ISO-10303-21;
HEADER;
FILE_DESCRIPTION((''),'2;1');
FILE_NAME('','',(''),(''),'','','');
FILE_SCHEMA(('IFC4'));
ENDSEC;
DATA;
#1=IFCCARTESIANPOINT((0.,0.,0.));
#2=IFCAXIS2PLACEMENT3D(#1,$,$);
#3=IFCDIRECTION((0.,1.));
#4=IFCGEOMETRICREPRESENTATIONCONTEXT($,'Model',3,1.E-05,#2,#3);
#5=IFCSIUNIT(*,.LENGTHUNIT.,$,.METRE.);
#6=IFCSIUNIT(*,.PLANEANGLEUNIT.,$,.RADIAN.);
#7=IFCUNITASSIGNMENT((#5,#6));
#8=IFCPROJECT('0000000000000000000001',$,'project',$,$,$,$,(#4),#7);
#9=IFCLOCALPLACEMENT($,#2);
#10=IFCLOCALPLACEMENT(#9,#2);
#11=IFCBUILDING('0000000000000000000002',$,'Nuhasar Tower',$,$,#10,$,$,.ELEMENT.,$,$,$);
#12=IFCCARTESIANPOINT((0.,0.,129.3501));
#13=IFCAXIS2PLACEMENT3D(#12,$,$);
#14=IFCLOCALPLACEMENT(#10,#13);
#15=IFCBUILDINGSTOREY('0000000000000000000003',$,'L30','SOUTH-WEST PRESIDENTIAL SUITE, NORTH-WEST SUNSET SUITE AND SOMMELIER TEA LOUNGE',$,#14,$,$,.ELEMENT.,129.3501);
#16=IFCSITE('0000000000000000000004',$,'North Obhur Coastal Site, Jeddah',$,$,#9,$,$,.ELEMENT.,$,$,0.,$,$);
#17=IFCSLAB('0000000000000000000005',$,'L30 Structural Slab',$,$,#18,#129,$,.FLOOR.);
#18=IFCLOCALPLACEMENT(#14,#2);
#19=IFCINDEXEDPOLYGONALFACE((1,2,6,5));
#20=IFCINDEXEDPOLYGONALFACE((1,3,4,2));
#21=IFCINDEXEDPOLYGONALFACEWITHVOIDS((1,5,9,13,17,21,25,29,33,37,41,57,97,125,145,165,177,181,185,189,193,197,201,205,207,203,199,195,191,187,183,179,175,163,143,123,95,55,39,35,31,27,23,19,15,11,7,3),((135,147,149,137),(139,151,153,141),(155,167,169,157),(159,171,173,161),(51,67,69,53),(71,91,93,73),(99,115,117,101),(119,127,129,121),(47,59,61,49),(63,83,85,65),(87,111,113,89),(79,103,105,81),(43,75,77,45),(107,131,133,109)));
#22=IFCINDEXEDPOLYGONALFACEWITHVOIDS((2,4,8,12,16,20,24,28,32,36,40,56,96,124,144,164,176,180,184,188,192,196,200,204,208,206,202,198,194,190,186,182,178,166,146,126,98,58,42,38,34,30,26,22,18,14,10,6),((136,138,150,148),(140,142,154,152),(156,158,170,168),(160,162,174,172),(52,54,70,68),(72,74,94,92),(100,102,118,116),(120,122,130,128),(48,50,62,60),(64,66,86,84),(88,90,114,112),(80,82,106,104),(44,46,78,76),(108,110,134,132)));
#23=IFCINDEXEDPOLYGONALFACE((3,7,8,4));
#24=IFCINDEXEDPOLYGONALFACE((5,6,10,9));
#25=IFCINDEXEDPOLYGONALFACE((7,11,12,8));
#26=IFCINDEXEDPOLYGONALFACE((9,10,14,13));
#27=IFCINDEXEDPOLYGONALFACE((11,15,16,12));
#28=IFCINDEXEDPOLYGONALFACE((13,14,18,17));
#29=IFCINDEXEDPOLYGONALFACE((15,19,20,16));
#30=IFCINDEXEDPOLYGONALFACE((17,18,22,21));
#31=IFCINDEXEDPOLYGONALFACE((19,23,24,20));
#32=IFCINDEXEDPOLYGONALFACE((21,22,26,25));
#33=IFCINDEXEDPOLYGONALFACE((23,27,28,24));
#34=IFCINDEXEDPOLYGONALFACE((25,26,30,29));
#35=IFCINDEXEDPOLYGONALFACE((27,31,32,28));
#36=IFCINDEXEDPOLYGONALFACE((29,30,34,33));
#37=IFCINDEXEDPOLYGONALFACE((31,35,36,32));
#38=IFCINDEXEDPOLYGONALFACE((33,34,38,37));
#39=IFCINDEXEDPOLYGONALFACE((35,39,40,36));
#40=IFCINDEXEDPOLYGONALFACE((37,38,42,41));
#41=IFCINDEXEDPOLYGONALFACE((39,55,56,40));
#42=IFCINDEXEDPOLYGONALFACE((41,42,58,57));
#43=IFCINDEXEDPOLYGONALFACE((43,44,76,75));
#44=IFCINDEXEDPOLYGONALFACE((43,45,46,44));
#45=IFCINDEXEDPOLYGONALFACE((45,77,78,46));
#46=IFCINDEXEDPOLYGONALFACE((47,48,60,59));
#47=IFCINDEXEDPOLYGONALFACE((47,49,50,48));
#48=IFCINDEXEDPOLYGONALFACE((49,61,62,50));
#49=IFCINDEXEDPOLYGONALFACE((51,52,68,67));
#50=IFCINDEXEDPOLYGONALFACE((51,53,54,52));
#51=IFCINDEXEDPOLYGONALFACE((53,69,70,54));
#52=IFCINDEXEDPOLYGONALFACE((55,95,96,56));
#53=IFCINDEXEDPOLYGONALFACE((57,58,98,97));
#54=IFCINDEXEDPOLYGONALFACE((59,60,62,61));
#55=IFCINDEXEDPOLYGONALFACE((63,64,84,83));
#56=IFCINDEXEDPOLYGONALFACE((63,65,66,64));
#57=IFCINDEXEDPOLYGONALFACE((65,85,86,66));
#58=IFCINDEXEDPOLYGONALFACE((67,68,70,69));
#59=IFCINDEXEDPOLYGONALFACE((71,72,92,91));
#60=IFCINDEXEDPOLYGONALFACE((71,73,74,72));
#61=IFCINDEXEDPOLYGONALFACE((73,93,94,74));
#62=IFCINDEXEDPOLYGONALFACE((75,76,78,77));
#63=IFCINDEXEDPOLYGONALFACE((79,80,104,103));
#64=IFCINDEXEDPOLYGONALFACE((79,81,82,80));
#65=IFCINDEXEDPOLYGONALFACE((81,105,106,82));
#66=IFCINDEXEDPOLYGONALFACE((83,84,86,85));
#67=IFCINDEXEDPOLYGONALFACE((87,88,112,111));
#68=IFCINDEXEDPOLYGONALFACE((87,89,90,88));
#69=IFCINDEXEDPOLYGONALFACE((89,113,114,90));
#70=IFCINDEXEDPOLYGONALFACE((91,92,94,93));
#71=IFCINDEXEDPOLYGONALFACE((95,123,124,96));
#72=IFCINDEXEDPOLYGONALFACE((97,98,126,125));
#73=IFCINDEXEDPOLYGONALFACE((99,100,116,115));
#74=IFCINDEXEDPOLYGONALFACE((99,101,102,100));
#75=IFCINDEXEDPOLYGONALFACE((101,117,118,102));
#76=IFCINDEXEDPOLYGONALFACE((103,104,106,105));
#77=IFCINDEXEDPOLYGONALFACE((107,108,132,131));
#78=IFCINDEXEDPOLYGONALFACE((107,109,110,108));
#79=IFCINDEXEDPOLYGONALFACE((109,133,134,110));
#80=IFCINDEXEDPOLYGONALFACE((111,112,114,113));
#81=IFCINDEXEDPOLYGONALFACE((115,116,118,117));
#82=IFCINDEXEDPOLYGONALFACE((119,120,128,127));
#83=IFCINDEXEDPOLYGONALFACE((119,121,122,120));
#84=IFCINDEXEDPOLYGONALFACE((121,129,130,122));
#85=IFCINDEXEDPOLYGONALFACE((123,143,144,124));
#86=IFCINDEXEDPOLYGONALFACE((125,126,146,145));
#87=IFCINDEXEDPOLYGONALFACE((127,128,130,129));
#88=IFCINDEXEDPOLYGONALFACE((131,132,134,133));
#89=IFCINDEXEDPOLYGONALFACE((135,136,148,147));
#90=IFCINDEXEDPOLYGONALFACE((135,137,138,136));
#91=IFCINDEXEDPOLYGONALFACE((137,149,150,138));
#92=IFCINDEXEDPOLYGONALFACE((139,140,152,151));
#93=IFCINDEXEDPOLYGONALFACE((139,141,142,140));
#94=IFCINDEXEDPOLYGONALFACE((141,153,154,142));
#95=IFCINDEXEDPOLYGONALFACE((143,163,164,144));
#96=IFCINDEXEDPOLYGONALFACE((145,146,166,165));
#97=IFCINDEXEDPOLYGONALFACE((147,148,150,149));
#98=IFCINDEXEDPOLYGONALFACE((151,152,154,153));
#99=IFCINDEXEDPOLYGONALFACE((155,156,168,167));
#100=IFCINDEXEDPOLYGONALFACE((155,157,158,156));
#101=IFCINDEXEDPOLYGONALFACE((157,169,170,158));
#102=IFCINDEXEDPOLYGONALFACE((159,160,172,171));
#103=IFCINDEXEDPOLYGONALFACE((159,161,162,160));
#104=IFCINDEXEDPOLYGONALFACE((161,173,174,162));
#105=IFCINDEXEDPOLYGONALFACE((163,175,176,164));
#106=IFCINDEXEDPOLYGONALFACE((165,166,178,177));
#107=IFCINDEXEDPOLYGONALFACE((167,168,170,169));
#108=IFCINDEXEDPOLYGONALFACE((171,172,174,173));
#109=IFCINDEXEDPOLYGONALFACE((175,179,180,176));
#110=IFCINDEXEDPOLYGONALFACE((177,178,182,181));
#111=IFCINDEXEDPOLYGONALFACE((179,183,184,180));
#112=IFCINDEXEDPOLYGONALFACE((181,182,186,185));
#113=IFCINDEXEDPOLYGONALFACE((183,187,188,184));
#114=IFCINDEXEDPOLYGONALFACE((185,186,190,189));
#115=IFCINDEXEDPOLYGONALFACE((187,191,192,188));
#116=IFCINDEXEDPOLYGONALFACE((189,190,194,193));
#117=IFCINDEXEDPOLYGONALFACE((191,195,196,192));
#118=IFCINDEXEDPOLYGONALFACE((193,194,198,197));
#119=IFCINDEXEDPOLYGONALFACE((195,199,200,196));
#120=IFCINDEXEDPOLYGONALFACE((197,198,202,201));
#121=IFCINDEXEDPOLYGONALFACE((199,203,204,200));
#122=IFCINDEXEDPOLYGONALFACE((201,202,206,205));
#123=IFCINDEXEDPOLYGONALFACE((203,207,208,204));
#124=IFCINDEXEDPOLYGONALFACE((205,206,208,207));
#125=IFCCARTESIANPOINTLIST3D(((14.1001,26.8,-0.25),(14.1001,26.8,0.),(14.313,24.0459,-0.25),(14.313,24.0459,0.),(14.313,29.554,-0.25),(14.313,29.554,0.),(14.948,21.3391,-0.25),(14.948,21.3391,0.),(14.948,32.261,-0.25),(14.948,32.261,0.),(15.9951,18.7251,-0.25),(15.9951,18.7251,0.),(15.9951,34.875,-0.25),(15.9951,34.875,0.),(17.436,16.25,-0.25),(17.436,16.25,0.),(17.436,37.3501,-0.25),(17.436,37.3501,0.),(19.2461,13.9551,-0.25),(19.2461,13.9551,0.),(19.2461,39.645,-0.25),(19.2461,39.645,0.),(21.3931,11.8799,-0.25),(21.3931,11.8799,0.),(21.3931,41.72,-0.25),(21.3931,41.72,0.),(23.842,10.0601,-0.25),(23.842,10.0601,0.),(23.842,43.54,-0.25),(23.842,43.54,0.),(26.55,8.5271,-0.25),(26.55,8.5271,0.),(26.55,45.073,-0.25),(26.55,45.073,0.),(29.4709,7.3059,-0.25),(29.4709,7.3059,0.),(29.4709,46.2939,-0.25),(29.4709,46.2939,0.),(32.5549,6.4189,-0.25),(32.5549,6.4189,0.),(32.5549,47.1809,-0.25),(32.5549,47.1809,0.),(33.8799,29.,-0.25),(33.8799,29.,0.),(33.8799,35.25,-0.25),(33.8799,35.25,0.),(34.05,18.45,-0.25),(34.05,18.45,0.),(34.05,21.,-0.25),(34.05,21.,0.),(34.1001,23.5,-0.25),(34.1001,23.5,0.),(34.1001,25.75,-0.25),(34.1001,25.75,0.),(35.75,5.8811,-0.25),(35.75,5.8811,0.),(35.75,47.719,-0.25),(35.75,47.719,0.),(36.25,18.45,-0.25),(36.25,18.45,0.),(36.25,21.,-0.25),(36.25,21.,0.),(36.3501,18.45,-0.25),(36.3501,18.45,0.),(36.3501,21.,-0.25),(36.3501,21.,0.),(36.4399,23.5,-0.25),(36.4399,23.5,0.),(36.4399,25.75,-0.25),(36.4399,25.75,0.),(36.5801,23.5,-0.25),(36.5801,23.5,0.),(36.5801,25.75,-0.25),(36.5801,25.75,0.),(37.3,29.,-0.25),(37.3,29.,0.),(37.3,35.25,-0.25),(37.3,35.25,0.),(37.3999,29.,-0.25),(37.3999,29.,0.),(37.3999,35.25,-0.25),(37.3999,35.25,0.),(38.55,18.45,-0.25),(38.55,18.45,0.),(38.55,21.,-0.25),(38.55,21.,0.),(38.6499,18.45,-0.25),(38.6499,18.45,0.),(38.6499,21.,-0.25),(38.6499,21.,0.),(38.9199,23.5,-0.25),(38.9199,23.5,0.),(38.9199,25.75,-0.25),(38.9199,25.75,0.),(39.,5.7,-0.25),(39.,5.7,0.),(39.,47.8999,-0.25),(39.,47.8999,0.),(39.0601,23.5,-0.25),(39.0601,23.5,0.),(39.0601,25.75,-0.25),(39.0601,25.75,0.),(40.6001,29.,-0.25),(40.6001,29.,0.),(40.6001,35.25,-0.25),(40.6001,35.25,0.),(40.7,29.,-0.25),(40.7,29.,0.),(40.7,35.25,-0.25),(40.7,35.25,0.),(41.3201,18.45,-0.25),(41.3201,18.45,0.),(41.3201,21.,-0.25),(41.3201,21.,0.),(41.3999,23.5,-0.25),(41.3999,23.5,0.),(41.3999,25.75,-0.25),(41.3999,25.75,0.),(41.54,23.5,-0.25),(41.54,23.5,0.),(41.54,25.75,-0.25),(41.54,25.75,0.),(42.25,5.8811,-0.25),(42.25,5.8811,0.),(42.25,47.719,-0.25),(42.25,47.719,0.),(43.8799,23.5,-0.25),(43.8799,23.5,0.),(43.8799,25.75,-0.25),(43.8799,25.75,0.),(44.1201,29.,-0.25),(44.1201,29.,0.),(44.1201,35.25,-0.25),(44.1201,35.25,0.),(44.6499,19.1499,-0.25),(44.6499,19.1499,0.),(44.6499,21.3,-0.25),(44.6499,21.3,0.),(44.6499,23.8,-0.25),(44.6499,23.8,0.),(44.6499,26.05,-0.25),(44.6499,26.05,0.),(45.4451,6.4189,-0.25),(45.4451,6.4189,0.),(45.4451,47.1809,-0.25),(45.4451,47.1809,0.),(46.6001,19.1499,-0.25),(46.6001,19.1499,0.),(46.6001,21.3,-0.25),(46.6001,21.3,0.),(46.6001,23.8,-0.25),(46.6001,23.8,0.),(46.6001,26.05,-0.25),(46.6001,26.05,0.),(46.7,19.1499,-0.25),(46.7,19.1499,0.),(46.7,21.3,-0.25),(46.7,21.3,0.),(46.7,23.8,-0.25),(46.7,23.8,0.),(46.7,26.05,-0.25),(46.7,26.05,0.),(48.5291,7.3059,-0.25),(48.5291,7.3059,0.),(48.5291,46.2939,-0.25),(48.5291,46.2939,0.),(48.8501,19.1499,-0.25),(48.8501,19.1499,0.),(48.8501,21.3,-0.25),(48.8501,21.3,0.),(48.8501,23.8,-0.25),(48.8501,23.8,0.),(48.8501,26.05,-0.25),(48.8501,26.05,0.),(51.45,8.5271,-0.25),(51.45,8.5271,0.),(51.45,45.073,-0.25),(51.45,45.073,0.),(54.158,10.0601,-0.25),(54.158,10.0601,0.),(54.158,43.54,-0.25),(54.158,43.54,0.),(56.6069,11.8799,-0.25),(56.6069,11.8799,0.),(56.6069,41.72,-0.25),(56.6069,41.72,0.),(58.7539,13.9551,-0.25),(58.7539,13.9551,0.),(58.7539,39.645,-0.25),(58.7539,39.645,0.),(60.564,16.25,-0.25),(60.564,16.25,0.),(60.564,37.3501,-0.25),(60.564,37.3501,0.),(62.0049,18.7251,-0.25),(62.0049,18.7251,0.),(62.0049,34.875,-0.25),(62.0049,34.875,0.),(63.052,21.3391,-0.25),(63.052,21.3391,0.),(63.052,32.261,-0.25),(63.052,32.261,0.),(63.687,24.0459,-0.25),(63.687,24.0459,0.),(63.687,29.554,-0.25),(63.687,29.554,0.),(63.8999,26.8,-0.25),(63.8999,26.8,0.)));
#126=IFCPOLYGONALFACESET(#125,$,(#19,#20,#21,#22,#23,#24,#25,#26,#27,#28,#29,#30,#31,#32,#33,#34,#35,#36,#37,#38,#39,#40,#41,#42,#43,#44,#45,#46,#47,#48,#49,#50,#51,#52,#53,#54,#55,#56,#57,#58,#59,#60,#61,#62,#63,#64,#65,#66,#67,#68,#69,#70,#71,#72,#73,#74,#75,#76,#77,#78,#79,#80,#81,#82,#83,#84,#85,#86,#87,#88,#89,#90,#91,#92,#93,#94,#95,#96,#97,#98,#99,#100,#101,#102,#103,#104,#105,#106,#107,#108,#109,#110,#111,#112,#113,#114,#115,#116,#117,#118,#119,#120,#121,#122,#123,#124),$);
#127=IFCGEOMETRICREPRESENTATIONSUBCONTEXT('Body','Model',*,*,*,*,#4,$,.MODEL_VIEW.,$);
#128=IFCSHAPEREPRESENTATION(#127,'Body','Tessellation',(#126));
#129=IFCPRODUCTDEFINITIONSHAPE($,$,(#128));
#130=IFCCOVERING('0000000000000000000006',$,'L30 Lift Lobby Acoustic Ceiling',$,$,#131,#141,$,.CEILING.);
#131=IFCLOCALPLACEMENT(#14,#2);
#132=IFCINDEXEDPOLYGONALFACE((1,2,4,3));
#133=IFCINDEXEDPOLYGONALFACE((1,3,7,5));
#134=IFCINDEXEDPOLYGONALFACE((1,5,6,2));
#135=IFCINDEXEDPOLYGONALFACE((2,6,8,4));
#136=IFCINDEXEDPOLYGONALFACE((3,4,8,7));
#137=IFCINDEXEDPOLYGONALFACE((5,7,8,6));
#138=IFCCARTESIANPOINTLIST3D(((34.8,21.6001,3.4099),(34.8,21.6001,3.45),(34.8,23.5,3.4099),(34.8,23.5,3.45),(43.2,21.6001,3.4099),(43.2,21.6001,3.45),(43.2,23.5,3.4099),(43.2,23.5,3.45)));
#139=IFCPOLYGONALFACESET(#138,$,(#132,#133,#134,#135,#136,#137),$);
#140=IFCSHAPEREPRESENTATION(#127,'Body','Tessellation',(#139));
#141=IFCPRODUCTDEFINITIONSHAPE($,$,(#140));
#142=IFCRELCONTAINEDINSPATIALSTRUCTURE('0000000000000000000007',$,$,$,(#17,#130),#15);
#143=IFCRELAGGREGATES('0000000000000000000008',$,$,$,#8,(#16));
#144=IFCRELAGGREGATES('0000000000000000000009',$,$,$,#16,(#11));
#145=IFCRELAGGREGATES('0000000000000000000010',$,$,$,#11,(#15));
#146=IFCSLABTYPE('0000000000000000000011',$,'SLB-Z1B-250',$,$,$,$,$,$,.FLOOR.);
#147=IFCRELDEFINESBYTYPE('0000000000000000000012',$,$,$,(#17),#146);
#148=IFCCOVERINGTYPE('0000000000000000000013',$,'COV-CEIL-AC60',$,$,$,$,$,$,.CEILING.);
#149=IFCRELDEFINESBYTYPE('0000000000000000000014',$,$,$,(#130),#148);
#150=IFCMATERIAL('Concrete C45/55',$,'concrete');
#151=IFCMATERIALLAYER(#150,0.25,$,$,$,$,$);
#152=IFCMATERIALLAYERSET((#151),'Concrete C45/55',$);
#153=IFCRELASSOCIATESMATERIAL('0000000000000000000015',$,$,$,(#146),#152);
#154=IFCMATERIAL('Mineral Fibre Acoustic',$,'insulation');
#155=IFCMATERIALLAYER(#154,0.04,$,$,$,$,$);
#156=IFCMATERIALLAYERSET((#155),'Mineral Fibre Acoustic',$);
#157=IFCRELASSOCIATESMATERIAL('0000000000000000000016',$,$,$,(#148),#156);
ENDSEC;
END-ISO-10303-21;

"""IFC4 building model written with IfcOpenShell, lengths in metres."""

from ifc_helpers import new_model, si_unit, direction, frame, origin, place, context, subcontext, project, spatial, polyline, outline, extrude, material, layer, layer_set, type_object, element, save


model = new_model("IFC4")

# Units and contexts
model_context = context("Model", 3, precision=1e-05, world=origin(), true_north=direction((0.0, 1.0)))
body_context = subcontext(model_context, "Body", "Model", "MODEL_VIEW")
ifc_project = project(units=[si_unit("LENGTHUNIT", "METRE"), si_unit("PLANEANGLEUNIT", "RADIAN")], contexts=[model_context])

# Site, building, storey
site_placement = place(None, origin())
site = spatial("IfcSite", under=ifc_project, at=site_placement, Name="North Obhur Coastal Site, Jeddah", CompositionType="ELEMENT", RefElevation=0.0)
building_placement = place(site_placement, origin())
building = spatial("IfcBuilding", under=site, at=building_placement, Name="Nuhasar Tower", CompositionType="ELEMENT")
storey_placement = place(building_placement, frame((0.0, 0.0, 129.3501)))
storey = spatial("IfcBuildingStorey", under=building, at=storey_placement, Name="L30", Description="SOUTH-WEST PRESIDENTIAL SUITE, NORTH-WEST SUNSET SUITE AND SOMMELIER TEA LOUNGE", CompositionType="ELEMENT", Elevation=129.3501)

# Shared definitions
ifc_material_1 = material(Name="Concrete C45/55", Category="concrete")

# Slab
ifc_layer_1 = layer(ifc_material_1, 0.25)
ifc_layer_set_1 = layer_set([ifc_layer_1], Name="Concrete C45/55")
slab_type_1 = type_object("IfcSlabType", Name="SLB-Z1B-250", PredefinedType="FLOOR", material=ifc_layer_set_1)
slab_1_placement = place(storey_placement, frame((0.0, 0.0, -0.25)))
element("IfcSlab", 1, at=slab_1_placement, inside=storey, type_object=slab_type_1, Name="L30 Structural Slab", PredefinedType="FLOOR", context=body_context, shape_type="SweptSolid", body=[
    extrude(outline(polyline([(63.8999, 26.8), (63.687, 29.554), (63.052, 32.261), (62.0049, 34.875), (60.564, 37.3501), (58.7539, 39.645), (56.6069, 41.72), (54.158, 43.54), (51.45, 45.073), (48.5291, 46.2939), (45.4451, 47.1809), (42.25, 47.719), (39.0, 47.8999), (35.75, 47.719), (32.5549, 47.1809), (29.4709, 46.2939), (26.55, 45.073), (23.842, 43.54), (21.3931, 41.72), (19.2461, 39.645), (17.436, 37.3501), (15.9951, 34.875), (14.948, 32.261), (14.313, 29.554), (14.1001, 26.8), (14.313, 24.0459), (14.948, 21.3391), (15.9951, 18.7251), (17.436, 16.25), (19.2461, 13.9551), (21.3931, 11.8799), (23.842, 10.0601), (26.55, 8.5271), (29.4709, 7.3059), (32.5549, 6.4189), (35.75, 5.8811), (39.0, 5.7), (42.25, 5.8811), (45.4451, 6.4189), (48.5291, 7.3059), (51.45, 8.5271), (54.158, 10.0601), (56.6069, 11.8799), (58.7539, 13.9551), (60.564, 16.25), (62.0049, 18.7251), (63.052, 21.3391), (63.687, 24.0459), (63.8999, 26.8)]), holes=[polyline([(33.8799, 35.25), (37.3, 35.25), (37.3, 29.0), (33.8799, 29.0), (33.8799, 35.25)]), polyline([(37.3999, 35.25), (40.6001, 35.25), (40.6001, 29.0), (37.3999, 29.0), (37.3999, 35.25)]), polyline([(40.7, 35.25), (44.1201, 35.25), (44.1201, 29.0), (40.7, 29.0), (40.7, 35.25)]), polyline([(44.6499, 26.05), (46.6001, 26.05), (46.6001, 23.8), (44.6499, 23.8), (44.6499, 26.05)]), polyline([(46.7, 26.05), (48.8501, 26.05), (48.8501, 23.8), (46.7, 23.8), (46.7, 26.05)]), polyline([(44.6499, 21.3), (46.6001, 21.3), (46.6001, 19.1499), (44.6499, 19.1499), (44.6499, 21.3)]), polyline([(46.7, 21.3), (48.8501, 21.3), (48.8501, 19.1499), (46.7, 19.1499), (46.7, 21.3)]), polyline([(34.1001, 25.75), (36.4399, 25.75), (36.4399, 23.5), (34.1001, 23.5), (34.1001, 25.75)]), polyline([(36.5801, 25.75), (38.9199, 25.75), (38.9199, 23.5), (36.5801, 23.5), (36.5801, 25.75)]), polyline([(39.0601, 25.75), (41.3999, 25.75), (41.3999, 23.5), (39.0601, 23.5), (39.0601, 25.75)]), polyline([(41.54, 25.75), (43.8799, 25.75), (43.8799, 23.5), (41.54, 23.5), (41.54, 25.75)]), polyline([(34.05, 21.0), (36.25, 21.0), (36.25, 18.45), (34.05, 18.45), (34.05, 21.0)]), polyline([(36.3501, 21.0), (38.55, 21.0), (38.55, 18.45), (36.3501, 18.45), (36.3501, 21.0)]), polyline([(38.6499, 21.0), (41.3201, 21.0), (41.3201, 18.45), (38.6499, 18.45), (38.6499, 21.0)])]), origin(), (0.0, 0.0, 1.0), 0.25),
])

# Covering
ifc_material_2 = material(Name="Mineral Fibre Acoustic", Category="insulation")
ifc_layer_2 = layer(ifc_material_2, 0.04)
ifc_layer_set_2 = layer_set([ifc_layer_2], Name="Mineral Fibre Acoustic")
covering_type = type_object("IfcCoveringType", Name="COV-CEIL-AC60", PredefinedType="CEILING", material=ifc_layer_set_2)
covering_placement = place(storey_placement, frame((0.0, 0.0, 3.4099)))
element("IfcCovering", 2, at=covering_placement, inside=storey, type_object=covering_type, Name="L30 Lift Lobby Acoustic Ceiling", PredefinedType="CEILING", context=body_context, shape_type="SweptSolid", body=[
    extrude(outline(polyline([(34.8, 21.6001), (43.2, 21.6001), (43.2, 23.5), (34.8, 23.5), (34.8, 21.6001)])), origin(), (0.0, 0.0, 1.0), 0.04),
])

save(model, "model.ifc")
